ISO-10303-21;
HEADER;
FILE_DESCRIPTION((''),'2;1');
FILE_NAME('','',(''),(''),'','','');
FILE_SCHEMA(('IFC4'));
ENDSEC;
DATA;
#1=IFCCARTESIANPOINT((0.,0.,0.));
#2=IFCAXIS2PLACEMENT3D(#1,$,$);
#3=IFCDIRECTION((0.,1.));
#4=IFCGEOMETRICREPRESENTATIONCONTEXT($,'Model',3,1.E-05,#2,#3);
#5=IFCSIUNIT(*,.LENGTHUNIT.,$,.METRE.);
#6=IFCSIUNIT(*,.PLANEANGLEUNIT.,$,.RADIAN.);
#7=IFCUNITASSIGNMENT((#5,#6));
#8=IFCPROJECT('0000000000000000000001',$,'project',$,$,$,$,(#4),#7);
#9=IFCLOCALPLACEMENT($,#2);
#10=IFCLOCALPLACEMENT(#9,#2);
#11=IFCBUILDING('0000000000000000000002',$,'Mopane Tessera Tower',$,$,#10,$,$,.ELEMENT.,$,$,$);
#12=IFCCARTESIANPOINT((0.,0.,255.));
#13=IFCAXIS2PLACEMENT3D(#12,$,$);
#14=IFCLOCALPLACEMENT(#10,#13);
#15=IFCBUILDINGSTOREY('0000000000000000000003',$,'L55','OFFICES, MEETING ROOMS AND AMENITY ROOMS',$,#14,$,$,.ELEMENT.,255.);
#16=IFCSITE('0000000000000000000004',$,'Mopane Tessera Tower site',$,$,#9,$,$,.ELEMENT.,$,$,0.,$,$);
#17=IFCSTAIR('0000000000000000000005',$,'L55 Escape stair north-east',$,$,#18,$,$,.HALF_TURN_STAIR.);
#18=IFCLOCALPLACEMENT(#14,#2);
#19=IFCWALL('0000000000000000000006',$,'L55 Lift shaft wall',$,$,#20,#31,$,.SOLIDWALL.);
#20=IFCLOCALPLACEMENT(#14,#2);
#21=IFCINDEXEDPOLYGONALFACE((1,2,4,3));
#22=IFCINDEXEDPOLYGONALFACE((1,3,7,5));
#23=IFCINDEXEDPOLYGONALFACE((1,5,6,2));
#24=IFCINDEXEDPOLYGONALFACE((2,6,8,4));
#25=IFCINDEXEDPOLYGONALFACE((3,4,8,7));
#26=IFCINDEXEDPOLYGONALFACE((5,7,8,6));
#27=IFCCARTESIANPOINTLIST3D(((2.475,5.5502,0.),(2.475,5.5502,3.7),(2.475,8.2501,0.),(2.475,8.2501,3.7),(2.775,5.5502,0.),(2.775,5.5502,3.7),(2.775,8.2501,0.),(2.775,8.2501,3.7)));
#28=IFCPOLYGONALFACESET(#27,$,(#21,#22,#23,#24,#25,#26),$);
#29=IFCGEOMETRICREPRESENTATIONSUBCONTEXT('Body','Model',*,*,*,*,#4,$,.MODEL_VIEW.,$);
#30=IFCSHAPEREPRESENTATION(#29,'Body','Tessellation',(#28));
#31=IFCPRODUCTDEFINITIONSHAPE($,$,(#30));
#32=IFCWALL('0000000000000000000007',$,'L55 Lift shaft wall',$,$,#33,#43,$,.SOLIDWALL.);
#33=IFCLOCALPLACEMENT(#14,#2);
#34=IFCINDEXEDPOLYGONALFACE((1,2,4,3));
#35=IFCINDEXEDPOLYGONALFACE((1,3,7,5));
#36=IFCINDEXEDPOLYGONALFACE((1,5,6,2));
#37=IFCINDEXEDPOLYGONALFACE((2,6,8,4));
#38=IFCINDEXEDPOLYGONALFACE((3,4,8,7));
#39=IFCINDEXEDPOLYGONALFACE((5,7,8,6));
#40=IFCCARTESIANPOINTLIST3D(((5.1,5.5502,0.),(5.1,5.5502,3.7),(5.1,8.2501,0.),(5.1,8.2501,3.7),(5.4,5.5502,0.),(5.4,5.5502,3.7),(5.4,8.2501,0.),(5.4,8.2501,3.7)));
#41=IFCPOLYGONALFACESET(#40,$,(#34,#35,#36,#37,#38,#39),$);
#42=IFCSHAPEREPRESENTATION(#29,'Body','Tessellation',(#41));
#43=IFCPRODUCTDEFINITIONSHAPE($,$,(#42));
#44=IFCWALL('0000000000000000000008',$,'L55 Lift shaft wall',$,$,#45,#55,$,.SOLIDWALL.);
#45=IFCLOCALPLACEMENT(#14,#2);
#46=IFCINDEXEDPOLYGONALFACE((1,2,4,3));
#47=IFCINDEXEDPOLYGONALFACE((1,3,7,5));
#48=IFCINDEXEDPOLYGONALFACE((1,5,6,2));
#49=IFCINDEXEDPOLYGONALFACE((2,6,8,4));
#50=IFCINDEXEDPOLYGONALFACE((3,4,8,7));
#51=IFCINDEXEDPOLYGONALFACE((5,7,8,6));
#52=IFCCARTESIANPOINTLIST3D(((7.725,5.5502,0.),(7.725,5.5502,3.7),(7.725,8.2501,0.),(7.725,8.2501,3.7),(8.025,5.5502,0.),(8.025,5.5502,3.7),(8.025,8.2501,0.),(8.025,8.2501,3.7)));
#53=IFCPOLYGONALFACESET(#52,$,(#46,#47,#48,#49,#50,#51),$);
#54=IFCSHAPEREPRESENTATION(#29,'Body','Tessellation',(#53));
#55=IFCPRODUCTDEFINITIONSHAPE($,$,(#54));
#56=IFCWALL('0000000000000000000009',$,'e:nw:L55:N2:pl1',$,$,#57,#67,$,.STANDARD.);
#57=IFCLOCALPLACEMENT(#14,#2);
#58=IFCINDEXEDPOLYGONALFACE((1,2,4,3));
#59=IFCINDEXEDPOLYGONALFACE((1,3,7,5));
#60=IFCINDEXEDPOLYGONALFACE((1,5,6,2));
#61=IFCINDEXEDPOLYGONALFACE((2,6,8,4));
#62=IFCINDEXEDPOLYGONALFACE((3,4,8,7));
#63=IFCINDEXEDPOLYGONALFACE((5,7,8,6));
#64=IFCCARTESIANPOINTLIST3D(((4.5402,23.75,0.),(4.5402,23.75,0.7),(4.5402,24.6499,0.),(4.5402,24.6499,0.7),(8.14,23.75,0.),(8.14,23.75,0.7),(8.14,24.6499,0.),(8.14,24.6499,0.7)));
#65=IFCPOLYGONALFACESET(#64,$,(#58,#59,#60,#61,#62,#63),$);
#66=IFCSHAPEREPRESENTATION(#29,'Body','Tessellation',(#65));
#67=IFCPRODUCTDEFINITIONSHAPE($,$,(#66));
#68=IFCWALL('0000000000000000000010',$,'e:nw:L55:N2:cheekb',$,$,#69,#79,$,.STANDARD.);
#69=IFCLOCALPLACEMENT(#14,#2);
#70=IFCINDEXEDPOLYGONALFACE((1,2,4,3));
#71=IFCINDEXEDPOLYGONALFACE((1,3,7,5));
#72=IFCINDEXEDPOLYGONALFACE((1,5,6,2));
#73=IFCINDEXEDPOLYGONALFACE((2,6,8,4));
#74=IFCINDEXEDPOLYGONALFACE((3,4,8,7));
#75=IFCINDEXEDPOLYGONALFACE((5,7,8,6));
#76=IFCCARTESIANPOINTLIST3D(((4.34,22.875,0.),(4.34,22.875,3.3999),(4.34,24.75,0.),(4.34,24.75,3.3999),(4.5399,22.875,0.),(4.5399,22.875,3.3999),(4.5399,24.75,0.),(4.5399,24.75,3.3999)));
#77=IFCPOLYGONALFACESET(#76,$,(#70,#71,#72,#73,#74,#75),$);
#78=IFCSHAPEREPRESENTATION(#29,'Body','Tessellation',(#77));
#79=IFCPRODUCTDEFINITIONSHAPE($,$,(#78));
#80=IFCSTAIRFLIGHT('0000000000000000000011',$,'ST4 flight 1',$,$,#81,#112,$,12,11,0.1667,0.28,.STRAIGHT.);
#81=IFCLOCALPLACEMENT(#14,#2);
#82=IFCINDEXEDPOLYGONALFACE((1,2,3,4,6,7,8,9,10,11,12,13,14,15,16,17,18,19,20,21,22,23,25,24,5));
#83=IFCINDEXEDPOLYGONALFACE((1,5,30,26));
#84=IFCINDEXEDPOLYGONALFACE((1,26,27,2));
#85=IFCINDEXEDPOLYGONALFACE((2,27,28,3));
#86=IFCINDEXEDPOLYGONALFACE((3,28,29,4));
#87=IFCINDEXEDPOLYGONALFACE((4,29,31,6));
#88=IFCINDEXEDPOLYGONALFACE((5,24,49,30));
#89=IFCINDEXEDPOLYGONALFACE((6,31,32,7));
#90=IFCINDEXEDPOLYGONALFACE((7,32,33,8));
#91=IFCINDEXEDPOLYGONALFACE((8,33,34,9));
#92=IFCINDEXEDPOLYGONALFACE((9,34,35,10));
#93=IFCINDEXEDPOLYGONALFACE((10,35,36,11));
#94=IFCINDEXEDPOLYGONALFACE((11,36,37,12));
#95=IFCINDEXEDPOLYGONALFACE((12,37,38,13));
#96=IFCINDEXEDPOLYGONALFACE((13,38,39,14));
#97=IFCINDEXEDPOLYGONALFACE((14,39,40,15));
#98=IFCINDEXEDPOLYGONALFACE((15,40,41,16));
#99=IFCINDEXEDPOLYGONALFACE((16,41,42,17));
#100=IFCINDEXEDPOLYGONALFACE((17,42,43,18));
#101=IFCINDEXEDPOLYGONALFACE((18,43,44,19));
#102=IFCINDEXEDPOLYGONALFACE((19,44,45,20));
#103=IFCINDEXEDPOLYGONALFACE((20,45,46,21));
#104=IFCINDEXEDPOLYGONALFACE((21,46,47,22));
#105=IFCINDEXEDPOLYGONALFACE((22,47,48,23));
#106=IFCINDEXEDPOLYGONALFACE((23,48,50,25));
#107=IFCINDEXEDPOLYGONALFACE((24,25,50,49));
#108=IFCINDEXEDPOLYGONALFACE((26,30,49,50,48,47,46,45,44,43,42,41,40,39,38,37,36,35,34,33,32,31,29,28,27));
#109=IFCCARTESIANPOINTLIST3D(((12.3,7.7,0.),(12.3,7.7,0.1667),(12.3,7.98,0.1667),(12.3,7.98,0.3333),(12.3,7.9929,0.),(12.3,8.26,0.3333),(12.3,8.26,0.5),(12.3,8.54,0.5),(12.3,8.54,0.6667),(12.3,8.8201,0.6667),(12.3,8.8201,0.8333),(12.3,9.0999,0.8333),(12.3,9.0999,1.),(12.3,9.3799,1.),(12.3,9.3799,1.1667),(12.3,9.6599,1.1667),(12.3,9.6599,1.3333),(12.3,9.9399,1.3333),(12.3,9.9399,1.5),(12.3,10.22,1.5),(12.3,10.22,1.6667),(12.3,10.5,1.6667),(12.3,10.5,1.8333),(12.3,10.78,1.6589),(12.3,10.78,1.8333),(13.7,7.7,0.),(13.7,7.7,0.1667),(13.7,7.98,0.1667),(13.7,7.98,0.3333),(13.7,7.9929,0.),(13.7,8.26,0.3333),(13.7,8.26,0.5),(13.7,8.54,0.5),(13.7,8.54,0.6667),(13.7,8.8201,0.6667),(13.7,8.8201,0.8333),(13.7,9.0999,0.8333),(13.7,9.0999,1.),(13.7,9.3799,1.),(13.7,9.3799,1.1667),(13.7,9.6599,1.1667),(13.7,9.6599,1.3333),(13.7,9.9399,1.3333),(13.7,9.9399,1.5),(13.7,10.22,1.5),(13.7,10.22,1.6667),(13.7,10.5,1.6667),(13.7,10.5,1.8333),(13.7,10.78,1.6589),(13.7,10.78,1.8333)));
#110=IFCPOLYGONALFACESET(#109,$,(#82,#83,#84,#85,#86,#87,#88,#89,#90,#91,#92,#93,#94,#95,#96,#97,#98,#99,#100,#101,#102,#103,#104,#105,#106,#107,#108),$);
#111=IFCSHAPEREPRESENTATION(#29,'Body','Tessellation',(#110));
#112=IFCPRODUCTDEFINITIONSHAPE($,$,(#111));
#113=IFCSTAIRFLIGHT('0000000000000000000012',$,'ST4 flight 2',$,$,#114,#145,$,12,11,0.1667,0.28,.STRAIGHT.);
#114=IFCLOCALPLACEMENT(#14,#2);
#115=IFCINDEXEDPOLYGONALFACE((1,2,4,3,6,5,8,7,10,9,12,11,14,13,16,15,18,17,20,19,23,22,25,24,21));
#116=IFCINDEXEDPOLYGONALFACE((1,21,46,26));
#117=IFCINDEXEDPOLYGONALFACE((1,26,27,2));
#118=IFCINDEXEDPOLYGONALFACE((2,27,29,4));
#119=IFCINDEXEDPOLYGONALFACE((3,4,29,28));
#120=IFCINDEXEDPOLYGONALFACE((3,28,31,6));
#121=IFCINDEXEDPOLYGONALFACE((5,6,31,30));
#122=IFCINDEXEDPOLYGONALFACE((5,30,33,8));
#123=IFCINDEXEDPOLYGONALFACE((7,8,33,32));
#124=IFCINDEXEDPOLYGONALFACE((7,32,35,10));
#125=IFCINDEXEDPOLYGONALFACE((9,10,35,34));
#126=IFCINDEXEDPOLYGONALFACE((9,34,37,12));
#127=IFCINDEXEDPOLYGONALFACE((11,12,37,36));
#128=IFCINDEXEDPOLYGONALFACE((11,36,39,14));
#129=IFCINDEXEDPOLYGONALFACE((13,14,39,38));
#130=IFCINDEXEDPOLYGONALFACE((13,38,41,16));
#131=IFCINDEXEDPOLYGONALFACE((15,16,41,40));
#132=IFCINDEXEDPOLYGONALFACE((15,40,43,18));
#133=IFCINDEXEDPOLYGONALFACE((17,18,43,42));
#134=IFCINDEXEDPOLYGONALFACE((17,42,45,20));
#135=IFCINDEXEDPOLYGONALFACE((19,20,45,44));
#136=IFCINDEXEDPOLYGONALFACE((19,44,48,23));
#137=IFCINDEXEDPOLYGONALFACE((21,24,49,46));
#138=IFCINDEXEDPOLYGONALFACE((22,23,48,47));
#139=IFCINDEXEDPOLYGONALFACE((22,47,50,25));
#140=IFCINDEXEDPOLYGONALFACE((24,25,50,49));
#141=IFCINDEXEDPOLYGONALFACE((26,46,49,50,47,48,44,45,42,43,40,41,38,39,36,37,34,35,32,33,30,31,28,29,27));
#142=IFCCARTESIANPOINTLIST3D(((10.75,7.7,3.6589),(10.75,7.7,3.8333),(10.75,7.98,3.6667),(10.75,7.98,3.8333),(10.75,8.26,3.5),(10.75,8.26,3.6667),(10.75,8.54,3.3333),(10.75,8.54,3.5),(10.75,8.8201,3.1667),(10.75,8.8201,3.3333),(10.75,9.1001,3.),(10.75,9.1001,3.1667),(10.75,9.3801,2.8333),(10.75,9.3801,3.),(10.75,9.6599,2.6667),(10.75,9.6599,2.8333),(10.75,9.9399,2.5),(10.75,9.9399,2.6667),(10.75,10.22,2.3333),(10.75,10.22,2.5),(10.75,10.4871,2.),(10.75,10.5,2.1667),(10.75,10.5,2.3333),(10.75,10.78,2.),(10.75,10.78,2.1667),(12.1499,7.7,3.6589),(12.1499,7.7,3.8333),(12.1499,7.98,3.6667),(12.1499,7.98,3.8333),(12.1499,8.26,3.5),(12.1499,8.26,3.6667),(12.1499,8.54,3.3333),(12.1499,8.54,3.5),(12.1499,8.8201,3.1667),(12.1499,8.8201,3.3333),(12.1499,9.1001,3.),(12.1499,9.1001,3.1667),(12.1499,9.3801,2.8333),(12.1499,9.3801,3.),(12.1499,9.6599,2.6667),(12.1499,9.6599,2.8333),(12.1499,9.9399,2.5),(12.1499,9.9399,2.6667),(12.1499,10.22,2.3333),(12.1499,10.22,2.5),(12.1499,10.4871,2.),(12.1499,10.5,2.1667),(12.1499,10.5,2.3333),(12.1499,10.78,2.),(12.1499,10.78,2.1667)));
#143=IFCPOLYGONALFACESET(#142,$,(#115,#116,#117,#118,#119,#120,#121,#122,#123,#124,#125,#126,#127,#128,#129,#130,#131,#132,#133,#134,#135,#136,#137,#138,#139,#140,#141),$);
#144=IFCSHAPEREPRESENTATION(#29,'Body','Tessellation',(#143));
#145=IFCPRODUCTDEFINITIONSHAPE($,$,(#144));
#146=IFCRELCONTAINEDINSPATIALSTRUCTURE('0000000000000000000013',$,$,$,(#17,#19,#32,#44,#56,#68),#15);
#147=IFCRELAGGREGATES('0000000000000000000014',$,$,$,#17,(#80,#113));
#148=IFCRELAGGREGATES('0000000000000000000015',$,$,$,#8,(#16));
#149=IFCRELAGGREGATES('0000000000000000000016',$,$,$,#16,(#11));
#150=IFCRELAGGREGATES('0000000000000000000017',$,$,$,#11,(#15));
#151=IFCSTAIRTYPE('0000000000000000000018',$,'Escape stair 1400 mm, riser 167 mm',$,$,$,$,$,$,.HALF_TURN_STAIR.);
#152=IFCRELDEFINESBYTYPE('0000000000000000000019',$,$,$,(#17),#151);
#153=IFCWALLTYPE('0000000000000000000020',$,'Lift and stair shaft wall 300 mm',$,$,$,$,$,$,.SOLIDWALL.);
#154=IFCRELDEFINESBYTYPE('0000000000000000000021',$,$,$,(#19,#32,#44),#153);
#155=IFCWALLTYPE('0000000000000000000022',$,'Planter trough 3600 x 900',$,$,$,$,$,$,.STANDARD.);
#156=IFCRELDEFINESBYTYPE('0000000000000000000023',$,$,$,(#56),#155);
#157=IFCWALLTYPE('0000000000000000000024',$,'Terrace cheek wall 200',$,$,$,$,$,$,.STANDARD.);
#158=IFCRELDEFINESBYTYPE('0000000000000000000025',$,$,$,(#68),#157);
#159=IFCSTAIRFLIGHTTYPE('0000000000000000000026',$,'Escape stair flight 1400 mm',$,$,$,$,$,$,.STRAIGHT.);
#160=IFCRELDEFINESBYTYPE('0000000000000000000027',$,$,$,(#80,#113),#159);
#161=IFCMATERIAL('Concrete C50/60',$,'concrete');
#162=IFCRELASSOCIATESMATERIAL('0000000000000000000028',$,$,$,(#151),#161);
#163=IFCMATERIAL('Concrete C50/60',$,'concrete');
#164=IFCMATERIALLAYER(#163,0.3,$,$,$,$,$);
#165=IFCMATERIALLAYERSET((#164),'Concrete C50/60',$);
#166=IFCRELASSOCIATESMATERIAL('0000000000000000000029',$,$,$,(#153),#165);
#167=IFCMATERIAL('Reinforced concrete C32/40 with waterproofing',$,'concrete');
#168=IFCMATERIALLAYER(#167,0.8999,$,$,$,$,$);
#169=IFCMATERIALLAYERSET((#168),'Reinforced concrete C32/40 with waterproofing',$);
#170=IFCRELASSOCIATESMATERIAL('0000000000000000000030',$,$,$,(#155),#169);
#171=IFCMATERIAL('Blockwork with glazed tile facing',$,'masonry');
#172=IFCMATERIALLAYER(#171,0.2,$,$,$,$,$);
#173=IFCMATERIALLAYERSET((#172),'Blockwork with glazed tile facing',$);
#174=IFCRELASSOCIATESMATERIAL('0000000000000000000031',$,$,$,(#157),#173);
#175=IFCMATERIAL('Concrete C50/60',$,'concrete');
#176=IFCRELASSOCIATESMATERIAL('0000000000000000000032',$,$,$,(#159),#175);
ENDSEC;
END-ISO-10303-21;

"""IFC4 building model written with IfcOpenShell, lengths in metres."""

from ifc_helpers import new_model, si_unit, direction, frame, frame_2d, origin, place, context, subcontext, project, spatial, polyline, rectangle, outline, extrude, material, layer, layer_set, type_object, element, aggregate, save


model = new_model("IFC4")

# Units and contexts
model_context = context("Model", 3, precision=1e-05, world=origin(), true_north=direction((0.0, 1.0)))
body_context = subcontext(model_context, "Body", "Model", "MODEL_VIEW")
ifc_project = project(units=[si_unit("LENGTHUNIT", "METRE"), si_unit("PLANEANGLEUNIT", "RADIAN")], contexts=[model_context])

# Site, building, storey
site_placement = place(None, origin())
site = spatial("IfcSite", under=ifc_project, at=site_placement, Name="Mopane Tessera Tower site", CompositionType="ELEMENT", RefElevation=0.0)
building_placement = place(site_placement, origin())
building = spatial("IfcBuilding", under=site, at=building_placement, Name="Mopane Tessera Tower", CompositionType="ELEMENT")
storey_placement = place(building_placement, frame((0.0, 0.0, 255.0)))
storey = spatial("IfcBuildingStorey", under=building, at=storey_placement, Name="L55", Description="OFFICES, MEETING ROOMS AND AMENITY ROOMS", CompositionType="ELEMENT", Elevation=255.0)

# Stair
ifc_material_1 = material(Name="Concrete C50/60", Category="concrete")
stair_type = type_object("IfcStairType", Name="Escape stair 1400 mm, riser 167 mm", PredefinedType="HALF_TURN_STAIR", material=ifc_material_1)
stair_1_placement = place(storey_placement, origin())
stair_1 = element("IfcStair", 1, at=stair_1_placement, inside=storey, type_object=stair_type, Name="L55 Escape stair north-east", PredefinedType="HALF_TURN_STAIR")

# Shared definitions
ifc_material_2 = material(Name="Concrete C50/60", Category="concrete")
ifc_layer_1 = layer(ifc_material_2, 0.3)
ifc_layer_set_1 = layer_set([ifc_layer_1], Name="Concrete C50/60")
wall_type_1 = type_object("IfcWallType", Name="Lift and stair shaft wall 300 mm", PredefinedType="SOLIDWALL", material=ifc_layer_set_1)

# Walls
for number, where, z_axis, x_axis, name in (
    (2, (2.625, 5.55, 0.0), (0.0, 0.0, 1.0), (0.0, 1.0, 0.0), "L55 Lift shaft wall"),
    (3, (5.25, 5.55, 0.0), (0.0, 0.0, 1.0), (0.0, 1.0, 0.0), "L55 Lift shaft wall"),
    (4, (7.875, 5.55, 0.0), (0.0, 0.0, 1.0), (0.0, 1.0, 0.0), "L55 Lift shaft wall"),
):
    element("IfcWall", number, at=place(storey_placement, frame(where, z_axis=z_axis, x_axis=x_axis)), inside=storey, type_object=wall_type_1, Name=name, PredefinedType="SOLIDWALL", context=body_context, shape_type="SweptSolid", body=[
        extrude(rectangle(XDim=2.7, YDim=0.3, at=frame_2d((1.3501, 0.0))), origin(), (0.0, 0.0, 1.0), 3.7),
    ])
ifc_material_3 = material(Name="Reinforced concrete C32/40 with waterproofing", Category="concrete")
ifc_layer_2 = layer(ifc_material_3, 0.8999)
ifc_layer_set_2 = layer_set([ifc_layer_2], Name="Reinforced concrete C32/40 with waterproofing")
wall_type_2 = type_object("IfcWallType", Name="Planter trough 3600 x 900", PredefinedType="STANDARD", material=ifc_layer_set_2)
wall_1_placement = place(storey_placement, frame((8.1399, 24.2, 0.0), z_axis=(0.0, 0.0, 1.0), x_axis=(-1.0, 0.0, 0.0)))
element("IfcWall", 5, at=wall_1_placement, inside=storey, type_object=wall_type_2, Name="e:nw:L55:N2:pl1", PredefinedType="STANDARD", context=body_context, shape_type="SweptSolid", body=[
    extrude(rectangle(XDim=3.5999, YDim=0.8999, at=frame_2d((1.7998, 0.0))), origin(), (0.0, 0.0, 1.0), 0.7),
])
ifc_material_4 = material(Name="Blockwork with glazed tile facing", Category="masonry")
ifc_layer_3 = layer(ifc_material_4, 0.2)
ifc_layer_set_3 = layer_set([ifc_layer_3], Name="Blockwork with glazed tile facing")
wall_type_3 = type_object("IfcWallType", Name="Terrace cheek wall 200", PredefinedType="STANDARD", material=ifc_layer_set_3)
wall_2_placement = place(storey_placement, frame((4.4399, 24.75, 0.0), z_axis=(0.0, 0.0, 1.0), x_axis=(0.0, -1.0, 0.0)))
element("IfcWall", 6, at=wall_2_placement, inside=storey, type_object=wall_type_3, Name="e:nw:L55:N2:cheekb", PredefinedType="STANDARD", context=body_context, shape_type="SweptSolid", body=[
    extrude(rectangle(XDim=1.875, YDim=0.2, at=frame_2d((0.9375, 0.0))), origin(), (0.0, 0.0, 1.0), 3.3999),
])

# Stair flights
ifc_material_5 = material(Name="Concrete C50/60", Category="concrete")
stair_flight_type = type_object("IfcStairFlightType", Name="Escape stair flight 1400 mm", PredefinedType="STRAIGHT", material=ifc_material_5)
stair_flight_1_placement = place(storey_placement, frame((13.0, 7.7, 0.0), z_axis=(0.0, 0.0, 1.0), x_axis=(0.0, 1.0, 0.0)))
stair_flight_1 = element("IfcStairFlight", 7, at=stair_flight_1_placement, type_object=stair_flight_type, Name="ST4 flight 1", NumberOfRisers=12, NumberOfTreads=11, PredefinedType="STRAIGHT", RiserHeight=0.1667, TreadLength=0.28, context=body_context, shape_type="SweptSolid", body=[
    extrude(outline(polyline([(0.0, 0.0), (0.0, 0.1667), (0.28, 0.1667), (0.28, 0.3333), (0.5601, 0.3333), (0.5601, 0.5), (0.8401, 0.5), (0.8401, 0.6667), (1.1201, 0.6667), (1.1201, 0.8333), (1.3999, 0.8333), (1.3999, 1.0), (1.6799, 1.0), (1.6799, 1.1667), (1.96, 1.1667), (1.96, 1.3333), (2.24, 1.3333), (2.24, 1.5), (2.52, 1.5), (2.52, 1.6667), (2.8, 1.6667), (2.8, 1.8333), (3.0801, 1.8333), (3.0801, 2.0), (3.0801, 1.6589), (0.293, 0.0), (0.0, 0.0)])), frame((0.0, 0.7, 0.0), z_axis=(0.0, -1.0, 0.0), x_axis=(1.0, 0.0, 0.0)), (0.0, 0.0, 1.0), 1.3999),
])
stair_flight_2_placement = place(storey_placement, frame((11.45, 10.78, 2.0), z_axis=(0.0, 0.0, 1.0), x_axis=(0.0, -1.0, 0.0)))
stair_flight_2 = element("IfcStairFlight", 8, at=stair_flight_2_placement, type_object=stair_flight_type, Name="ST4 flight 2", NumberOfRisers=12, NumberOfTreads=11, PredefinedType="STRAIGHT", RiserHeight=0.1667, TreadLength=0.28, context=body_context, shape_type="SweptSolid", body=[
    extrude(outline(polyline([(0.0, 0.0), (0.0, 0.1667), (0.28, 0.1667), (0.28, 0.3333), (0.5601, 0.3333), (0.5601, 0.5), (0.8401, 0.5), (0.8401, 0.6667), (1.1201, 0.6667), (1.1201, 0.8333), (1.3999, 0.8333), (1.3999, 1.0), (1.6799, 1.0), (1.6799, 1.1667), (1.96, 1.1667), (1.96, 1.3333), (2.24, 1.3333), (2.24, 1.5), (2.52, 1.5), (2.52, 1.6667), (2.8, 1.6667), (2.8, 1.8333), (3.0801, 1.8333), (3.0801, 2.0), (3.0801, 1.6589), (0.293, 0.0), (0.0, 0.0)])), frame((0.0, 0.7, 0.0), z_axis=(0.0, -1.0, 0.0), x_axis=(1.0, 0.0, 0.0)), (0.0, 0.0, 1.0), 1.3999),
])
aggregate(stair_1, [stair_flight_1, stair_flight_2])

save(model, "model.ifc")
